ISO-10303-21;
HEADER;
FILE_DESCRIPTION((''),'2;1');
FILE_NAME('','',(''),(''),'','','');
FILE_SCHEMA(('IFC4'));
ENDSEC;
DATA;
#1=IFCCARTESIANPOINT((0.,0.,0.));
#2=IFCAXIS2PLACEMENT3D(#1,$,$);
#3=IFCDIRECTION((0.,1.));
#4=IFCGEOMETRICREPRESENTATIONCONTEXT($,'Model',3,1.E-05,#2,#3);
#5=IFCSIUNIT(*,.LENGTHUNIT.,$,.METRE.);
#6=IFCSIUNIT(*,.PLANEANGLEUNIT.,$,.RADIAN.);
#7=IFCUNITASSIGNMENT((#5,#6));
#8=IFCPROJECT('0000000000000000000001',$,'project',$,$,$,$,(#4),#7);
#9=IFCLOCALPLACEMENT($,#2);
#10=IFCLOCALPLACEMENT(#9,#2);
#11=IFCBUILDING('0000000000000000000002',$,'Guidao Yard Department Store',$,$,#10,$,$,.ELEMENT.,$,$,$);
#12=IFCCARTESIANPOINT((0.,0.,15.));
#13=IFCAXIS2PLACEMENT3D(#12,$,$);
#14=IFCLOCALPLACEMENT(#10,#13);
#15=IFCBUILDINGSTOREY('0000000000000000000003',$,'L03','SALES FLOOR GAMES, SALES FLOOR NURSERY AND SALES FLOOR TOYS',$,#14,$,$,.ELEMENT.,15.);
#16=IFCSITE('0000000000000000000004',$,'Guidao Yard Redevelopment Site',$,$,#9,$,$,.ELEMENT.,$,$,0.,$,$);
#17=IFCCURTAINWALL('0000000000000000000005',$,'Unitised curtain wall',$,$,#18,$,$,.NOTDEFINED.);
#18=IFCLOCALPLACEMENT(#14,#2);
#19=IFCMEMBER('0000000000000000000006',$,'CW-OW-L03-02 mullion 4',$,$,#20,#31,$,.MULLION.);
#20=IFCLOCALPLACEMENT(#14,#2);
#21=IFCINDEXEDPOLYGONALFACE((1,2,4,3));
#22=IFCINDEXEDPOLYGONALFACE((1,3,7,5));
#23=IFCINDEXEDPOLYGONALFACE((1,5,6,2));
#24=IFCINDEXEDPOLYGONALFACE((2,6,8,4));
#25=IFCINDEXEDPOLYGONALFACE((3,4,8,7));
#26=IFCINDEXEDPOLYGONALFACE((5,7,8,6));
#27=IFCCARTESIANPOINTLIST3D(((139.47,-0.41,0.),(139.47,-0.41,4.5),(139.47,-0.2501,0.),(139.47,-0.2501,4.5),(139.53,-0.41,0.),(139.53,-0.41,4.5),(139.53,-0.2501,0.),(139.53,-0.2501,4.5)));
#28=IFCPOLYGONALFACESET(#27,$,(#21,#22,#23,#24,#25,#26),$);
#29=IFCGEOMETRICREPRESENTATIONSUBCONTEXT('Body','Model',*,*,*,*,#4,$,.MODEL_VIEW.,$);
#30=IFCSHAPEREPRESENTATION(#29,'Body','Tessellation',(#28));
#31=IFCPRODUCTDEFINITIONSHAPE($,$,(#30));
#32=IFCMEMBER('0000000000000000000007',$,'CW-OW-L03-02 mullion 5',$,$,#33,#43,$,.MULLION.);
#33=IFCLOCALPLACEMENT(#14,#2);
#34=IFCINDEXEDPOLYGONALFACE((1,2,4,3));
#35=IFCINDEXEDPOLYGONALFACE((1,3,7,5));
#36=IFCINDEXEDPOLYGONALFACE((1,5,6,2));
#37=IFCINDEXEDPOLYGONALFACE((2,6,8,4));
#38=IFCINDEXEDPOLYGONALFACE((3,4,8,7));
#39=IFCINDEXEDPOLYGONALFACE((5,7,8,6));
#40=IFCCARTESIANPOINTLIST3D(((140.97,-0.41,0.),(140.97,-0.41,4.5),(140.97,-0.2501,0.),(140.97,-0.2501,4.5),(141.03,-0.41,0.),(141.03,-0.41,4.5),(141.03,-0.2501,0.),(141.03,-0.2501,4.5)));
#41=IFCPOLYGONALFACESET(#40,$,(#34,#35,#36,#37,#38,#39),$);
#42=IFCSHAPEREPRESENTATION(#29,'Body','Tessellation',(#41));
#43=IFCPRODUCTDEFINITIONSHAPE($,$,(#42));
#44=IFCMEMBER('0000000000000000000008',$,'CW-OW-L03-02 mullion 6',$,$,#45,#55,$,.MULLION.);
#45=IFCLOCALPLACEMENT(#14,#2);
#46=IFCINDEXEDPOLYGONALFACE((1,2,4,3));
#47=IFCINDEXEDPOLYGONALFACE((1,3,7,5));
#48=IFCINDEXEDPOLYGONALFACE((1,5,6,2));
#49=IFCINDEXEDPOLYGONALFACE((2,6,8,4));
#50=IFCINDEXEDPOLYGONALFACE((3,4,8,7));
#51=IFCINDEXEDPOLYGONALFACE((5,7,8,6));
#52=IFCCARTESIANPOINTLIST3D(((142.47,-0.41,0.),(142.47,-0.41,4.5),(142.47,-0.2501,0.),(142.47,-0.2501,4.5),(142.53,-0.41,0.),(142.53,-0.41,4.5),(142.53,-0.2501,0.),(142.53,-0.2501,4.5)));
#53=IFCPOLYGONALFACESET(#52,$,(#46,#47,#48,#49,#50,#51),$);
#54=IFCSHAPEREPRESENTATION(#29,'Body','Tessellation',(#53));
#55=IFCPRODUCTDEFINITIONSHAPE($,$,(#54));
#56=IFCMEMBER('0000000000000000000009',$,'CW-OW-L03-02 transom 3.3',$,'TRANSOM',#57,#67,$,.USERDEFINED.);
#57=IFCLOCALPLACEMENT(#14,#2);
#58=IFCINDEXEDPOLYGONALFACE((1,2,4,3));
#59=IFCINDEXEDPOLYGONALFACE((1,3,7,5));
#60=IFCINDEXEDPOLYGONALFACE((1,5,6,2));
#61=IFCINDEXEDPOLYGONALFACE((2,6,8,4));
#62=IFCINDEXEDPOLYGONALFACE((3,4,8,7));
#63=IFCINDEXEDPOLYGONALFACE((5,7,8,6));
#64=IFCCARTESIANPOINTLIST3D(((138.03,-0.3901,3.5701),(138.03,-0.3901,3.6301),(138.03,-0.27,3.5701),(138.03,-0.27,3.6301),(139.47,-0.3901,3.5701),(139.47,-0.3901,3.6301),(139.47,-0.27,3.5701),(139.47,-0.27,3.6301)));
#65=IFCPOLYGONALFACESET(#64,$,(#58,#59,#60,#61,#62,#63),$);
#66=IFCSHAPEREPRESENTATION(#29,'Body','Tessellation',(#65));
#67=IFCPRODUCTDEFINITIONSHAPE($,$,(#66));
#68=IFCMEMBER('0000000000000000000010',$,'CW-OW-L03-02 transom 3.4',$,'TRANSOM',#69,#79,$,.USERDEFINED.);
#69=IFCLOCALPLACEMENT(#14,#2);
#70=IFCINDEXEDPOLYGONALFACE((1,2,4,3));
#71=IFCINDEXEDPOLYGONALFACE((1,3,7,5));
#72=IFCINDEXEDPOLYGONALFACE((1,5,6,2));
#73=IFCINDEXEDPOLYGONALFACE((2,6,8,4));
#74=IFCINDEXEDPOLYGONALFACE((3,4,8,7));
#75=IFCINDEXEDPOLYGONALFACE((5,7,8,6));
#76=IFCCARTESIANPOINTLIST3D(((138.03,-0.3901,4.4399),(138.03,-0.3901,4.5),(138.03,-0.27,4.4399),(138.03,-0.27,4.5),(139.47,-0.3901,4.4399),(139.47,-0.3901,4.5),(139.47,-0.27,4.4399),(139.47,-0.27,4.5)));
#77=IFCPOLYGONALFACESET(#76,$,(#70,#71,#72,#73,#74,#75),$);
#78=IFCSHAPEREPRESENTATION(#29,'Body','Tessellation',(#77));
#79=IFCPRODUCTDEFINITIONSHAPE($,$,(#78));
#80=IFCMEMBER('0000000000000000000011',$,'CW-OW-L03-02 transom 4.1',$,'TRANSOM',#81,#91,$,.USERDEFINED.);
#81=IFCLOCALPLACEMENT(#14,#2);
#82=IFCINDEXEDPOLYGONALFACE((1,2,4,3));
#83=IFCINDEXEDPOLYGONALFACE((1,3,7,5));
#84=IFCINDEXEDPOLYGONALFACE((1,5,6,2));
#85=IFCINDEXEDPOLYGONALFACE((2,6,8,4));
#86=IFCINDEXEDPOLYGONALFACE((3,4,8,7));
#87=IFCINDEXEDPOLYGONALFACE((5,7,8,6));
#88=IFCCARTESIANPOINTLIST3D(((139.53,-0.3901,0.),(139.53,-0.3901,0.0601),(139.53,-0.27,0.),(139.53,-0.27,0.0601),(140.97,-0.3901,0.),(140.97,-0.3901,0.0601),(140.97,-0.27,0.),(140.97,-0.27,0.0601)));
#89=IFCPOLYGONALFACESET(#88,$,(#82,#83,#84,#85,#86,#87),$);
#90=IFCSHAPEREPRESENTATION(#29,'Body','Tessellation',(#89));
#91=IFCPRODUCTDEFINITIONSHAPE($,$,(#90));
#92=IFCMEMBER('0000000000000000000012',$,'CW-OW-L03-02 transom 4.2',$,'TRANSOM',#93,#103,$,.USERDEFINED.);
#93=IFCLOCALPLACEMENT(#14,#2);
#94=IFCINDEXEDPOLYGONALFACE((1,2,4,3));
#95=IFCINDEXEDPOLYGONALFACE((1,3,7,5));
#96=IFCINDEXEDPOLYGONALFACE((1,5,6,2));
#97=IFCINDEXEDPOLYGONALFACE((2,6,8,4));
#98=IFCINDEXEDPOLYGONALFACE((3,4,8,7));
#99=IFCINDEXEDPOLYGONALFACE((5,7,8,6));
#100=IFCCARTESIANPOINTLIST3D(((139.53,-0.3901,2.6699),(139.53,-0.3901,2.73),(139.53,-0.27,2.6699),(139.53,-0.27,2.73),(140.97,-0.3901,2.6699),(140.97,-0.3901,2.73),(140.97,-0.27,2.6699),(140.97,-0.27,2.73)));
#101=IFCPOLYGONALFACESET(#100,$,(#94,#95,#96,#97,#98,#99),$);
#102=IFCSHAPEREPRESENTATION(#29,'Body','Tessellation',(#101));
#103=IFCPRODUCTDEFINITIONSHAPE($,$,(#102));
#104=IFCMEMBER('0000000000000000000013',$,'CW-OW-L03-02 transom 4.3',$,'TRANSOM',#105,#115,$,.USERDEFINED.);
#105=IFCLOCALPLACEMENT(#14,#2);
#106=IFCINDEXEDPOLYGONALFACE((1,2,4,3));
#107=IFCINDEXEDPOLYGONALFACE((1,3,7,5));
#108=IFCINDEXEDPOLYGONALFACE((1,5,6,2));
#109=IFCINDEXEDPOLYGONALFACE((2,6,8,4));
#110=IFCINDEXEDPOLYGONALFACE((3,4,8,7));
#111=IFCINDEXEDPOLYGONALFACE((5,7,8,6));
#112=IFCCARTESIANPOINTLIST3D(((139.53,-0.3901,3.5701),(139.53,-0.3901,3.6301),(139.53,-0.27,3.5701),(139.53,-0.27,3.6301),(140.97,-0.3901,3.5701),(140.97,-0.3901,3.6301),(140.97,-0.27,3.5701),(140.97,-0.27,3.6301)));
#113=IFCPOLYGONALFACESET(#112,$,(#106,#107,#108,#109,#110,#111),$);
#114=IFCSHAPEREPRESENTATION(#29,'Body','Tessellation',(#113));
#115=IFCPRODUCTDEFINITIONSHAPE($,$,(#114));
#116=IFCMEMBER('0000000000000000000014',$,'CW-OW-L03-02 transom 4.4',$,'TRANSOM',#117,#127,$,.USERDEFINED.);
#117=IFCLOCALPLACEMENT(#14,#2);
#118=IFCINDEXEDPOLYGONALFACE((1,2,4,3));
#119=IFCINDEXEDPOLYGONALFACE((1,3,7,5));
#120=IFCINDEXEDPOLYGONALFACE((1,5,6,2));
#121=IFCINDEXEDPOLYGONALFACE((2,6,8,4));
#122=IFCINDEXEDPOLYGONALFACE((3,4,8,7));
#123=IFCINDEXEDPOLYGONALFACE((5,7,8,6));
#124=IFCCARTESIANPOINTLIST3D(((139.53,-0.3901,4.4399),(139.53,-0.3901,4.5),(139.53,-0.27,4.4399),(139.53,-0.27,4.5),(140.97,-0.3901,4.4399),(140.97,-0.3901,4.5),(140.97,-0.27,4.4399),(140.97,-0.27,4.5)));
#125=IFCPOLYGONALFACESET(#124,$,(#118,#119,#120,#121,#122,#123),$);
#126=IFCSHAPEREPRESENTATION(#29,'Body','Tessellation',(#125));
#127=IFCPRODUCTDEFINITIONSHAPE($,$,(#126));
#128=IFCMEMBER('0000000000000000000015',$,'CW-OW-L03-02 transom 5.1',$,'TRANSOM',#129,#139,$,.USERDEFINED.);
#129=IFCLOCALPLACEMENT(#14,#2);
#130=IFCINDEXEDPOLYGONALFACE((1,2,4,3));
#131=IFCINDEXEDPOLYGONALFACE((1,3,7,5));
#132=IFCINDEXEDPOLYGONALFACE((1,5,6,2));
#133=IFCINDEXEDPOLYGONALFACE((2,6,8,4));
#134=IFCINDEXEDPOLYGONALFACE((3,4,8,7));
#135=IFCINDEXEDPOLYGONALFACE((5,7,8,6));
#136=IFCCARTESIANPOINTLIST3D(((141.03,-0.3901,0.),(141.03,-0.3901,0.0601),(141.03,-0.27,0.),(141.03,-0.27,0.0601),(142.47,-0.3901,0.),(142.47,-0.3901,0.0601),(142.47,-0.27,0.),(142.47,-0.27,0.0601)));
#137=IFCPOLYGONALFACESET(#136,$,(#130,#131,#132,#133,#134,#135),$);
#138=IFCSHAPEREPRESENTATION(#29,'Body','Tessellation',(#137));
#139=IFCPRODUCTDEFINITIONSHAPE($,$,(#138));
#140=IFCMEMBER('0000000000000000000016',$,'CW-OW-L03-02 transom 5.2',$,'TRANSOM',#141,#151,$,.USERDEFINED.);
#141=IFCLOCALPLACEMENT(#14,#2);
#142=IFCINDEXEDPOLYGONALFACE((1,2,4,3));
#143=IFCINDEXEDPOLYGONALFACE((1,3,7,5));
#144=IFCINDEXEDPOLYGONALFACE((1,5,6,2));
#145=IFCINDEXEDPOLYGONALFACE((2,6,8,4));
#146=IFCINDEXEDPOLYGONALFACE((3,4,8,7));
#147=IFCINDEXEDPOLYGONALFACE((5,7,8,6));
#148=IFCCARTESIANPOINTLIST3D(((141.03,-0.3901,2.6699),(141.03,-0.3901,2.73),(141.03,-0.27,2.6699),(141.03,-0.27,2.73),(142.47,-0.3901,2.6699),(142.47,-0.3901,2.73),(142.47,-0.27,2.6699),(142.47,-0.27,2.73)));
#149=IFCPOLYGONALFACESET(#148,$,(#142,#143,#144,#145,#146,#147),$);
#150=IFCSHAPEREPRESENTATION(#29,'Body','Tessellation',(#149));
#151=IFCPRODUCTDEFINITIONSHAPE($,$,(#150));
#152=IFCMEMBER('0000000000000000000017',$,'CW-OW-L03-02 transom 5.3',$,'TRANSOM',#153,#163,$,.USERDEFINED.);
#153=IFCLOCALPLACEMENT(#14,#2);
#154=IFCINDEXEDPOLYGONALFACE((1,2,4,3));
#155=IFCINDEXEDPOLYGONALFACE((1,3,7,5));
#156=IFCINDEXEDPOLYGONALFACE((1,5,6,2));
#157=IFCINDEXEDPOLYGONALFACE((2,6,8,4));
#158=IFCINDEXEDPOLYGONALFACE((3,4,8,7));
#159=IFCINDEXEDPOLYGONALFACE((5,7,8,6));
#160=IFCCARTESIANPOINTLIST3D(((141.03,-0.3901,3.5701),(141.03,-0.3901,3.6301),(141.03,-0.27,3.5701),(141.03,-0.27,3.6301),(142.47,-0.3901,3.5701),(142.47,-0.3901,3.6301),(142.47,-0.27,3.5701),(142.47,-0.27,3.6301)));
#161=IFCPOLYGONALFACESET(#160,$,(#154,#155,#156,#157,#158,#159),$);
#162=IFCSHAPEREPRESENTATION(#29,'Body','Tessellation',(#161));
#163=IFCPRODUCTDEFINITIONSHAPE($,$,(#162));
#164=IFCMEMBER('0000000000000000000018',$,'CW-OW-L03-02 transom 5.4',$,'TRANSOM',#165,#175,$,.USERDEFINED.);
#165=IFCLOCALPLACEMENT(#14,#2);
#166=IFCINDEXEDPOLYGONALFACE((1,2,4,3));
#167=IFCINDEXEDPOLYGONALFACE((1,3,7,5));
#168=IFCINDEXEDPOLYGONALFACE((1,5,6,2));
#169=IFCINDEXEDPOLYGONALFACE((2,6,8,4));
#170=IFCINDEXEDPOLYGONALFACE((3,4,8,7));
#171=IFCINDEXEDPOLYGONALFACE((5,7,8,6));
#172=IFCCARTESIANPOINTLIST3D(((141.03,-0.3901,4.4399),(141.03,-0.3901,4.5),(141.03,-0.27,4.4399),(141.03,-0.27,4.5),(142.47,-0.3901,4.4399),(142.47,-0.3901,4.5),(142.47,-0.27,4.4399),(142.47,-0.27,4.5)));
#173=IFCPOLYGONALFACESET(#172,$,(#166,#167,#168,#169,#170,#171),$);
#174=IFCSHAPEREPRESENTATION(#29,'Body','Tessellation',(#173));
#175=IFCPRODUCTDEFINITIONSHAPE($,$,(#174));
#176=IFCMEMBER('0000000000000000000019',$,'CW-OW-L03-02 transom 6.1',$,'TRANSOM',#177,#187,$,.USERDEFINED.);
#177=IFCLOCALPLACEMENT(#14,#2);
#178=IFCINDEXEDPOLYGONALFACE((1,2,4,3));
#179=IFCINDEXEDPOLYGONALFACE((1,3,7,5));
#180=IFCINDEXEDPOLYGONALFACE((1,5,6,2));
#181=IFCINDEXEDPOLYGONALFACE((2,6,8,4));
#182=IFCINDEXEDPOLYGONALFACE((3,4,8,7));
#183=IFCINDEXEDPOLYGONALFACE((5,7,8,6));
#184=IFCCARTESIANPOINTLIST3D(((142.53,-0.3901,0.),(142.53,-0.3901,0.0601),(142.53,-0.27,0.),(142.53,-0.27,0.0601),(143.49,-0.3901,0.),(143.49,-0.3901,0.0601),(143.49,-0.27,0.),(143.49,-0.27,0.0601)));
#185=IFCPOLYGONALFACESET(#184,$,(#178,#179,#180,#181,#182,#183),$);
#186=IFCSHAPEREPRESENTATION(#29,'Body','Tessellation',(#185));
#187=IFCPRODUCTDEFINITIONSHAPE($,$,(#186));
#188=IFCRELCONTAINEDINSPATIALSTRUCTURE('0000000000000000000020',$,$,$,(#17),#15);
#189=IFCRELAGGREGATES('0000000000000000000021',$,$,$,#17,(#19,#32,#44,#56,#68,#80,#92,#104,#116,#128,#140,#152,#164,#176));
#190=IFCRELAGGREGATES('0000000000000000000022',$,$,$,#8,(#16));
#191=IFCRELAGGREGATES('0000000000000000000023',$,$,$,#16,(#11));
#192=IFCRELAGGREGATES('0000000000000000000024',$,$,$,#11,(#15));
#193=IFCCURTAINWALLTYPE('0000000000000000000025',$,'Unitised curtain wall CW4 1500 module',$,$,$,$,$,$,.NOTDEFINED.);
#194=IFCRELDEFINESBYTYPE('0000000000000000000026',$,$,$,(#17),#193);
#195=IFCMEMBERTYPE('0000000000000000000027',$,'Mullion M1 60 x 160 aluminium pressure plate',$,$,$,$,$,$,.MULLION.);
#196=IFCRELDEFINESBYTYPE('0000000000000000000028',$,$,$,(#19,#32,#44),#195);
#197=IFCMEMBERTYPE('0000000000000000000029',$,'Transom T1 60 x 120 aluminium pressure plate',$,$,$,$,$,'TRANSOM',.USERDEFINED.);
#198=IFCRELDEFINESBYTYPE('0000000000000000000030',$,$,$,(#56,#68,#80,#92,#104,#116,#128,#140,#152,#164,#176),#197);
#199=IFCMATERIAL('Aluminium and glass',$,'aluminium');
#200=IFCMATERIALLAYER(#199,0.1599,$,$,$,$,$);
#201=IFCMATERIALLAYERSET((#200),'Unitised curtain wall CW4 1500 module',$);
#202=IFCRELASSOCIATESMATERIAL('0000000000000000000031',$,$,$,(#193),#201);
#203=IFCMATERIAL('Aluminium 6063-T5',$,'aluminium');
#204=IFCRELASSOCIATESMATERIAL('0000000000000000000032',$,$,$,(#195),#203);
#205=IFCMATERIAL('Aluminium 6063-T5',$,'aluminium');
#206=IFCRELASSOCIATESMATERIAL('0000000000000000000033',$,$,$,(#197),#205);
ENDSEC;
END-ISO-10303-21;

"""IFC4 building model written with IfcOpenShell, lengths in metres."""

from ifc_helpers import new_model, si_unit, direction, frame, origin, origin_2d, place, context, subcontext, project, spatial, rectangle, extrude, material, layer, layer_set, material_profile, profile_set, type_object, element, aggregate, save


model = new_model("IFC4")

# Units and contexts
model_context = context("Model", 3, precision=1e-05, world=origin(), true_north=direction((0.0, 1.0)))
body_context = subcontext(model_context, "Body", "Model", "MODEL_VIEW")
ifc_project = project(units=[si_unit("LENGTHUNIT", "METRE"), si_unit("PLANEANGLEUNIT", "RADIAN")], contexts=[model_context])

# Site, building, storey
site_placement = place(None, origin())
site = spatial("IfcSite", under=ifc_project, at=site_placement, Name="Guidao Yard Redevelopment Site", CompositionType="ELEMENT", RefElevation=0.0)
building_placement = place(site_placement, origin())
building = spatial("IfcBuilding", under=site, at=building_placement, Name="Guidao Yard Department Store", CompositionType="ELEMENT")
storey_placement = place(building_placement, frame((0.0, 0.0, 15.0)))
storey = spatial("IfcBuildingStorey", under=building, at=storey_placement, Name="L03", Description="SALES FLOOR GAMES, SALES FLOOR NURSERY AND SALES FLOOR TOYS", CompositionType="ELEMENT", Elevation=15.0)

# Curtain wall, members
ifc_material_1 = material(Name="Aluminium and glass", Category="aluminium")
ifc_layer_1 = layer(ifc_material_1, 0.1599)
ifc_layer_set_1 = layer_set([ifc_layer_1], Name="Unitised curtain wall CW4 1500 module")
curtain_wall_type = type_object("IfcCurtainWallType", Name="Unitised curtain wall CW4 1500 module", PredefinedType="NOTDEFINED", material=ifc_layer_set_1)
curtain_wall_placement = place(storey_placement, origin())
curtain_wall = element("IfcCurtainWall", 1, at=curtain_wall_placement, inside=storey, type_object=curtain_wall_type, Name="Unitised curtain wall", PredefinedType="NOTDEFINED")
ifc_material_2 = material(Name="Aluminium 6063-T5", Category="aluminium")
ifc_material_profile_1 = material_profile(ifc_material_2, rectangle(XDim=0.0601, YDim=0.1599, at=origin_2d()), Name="Mullion M1 60 x 160 aluminium pressure plate")
ifc_profile_set_1 = profile_set([ifc_material_profile_1], Name="Aluminium 6063-T5")
member_type_1 = type_object("IfcMemberType", Name="Mullion M1 60 x 160 aluminium pressure plate", PredefinedType="MULLION", material=ifc_profile_set_1)
member_1_placement = place(storey_placement, frame((139.5, -0.3301, 0.0), z_axis=(0.0, 0.0, 1.0), x_axis=(-1.0, 0.0, 0.0)))
member_1 = element("IfcMember", 2, at=member_1_placement, type_object=member_type_1, Name="CW-OW-L03-02 mullion 4", PredefinedType="MULLION", context=body_context, shape_type="SweptSolid", body=[
    extrude(rectangle(XDim=0.0601, YDim=0.1599, at=origin_2d()), origin(), (0.0, 0.0, 1.0), 4.5),
])
member_2_placement = place(storey_placement, frame((141.0, -0.3301, 0.0), z_axis=(0.0, 0.0, 1.0), x_axis=(-1.0, 0.0, 0.0)))
member_2 = element("IfcMember", 3, at=member_2_placement, type_object=member_type_1, Name="CW-OW-L03-02 mullion 5", PredefinedType="MULLION", context=body_context, shape_type="SweptSolid", body=[
    extrude(rectangle(XDim=0.0601, YDim=0.1599, at=origin_2d()), origin(), (0.0, 0.0, 1.0), 4.5),
])
member_3_placement = place(storey_placement, frame((142.5, -0.3301, 0.0), z_axis=(0.0, 0.0, 1.0), x_axis=(-1.0, 0.0, 0.0)))
member_3 = element("IfcMember", 4, at=member_3_placement, type_object=member_type_1, Name="CW-OW-L03-02 mullion 6", PredefinedType="MULLION", context=body_context, shape_type="SweptSolid", body=[
    extrude(rectangle(XDim=0.0601, YDim=0.1599, at=origin_2d()), origin(), (0.0, 0.0, 1.0), 4.5),
])
ifc_material_3 = material(Name="Aluminium 6063-T5", Category="aluminium")
ifc_material_profile_2 = material_profile(ifc_material_3, rectangle(XDim=0.1201, YDim=0.0601, at=origin_2d()), Name="Transom T1 60 x 120 aluminium pressure plate")
ifc_profile_set_2 = profile_set([ifc_material_profile_2], Name="Aluminium 6063-T5")
member_type_2 = type_object("IfcMemberType", Name="Transom T1 60 x 120 aluminium pressure plate", ElementType="TRANSOM", PredefinedType="USERDEFINED", material=ifc_profile_set_2)
member_4_placement = place(storey_placement, frame((139.47, -0.3301, 3.6001), z_axis=(-1.0, 0.0, 0.0), x_axis=(0.0, -1.0, 0.0)))
member_4 = element("IfcMember", 5, at=member_4_placement, type_object=member_type_2, Name="CW-OW-L03-02 transom 3.3", ObjectType="TRANSOM", PredefinedType="USERDEFINED", context=body_context, shape_type="SweptSolid", body=[
    extrude(rectangle(XDim=0.1201, YDim=0.0601, at=origin_2d()), origin(), (0.0, 0.0, 1.0), 1.4399),
])
member_5_placement = place(storey_placement, frame((139.47, -0.3301, 4.47), z_axis=(-1.0, 0.0, 0.0), x_axis=(0.0, -1.0, 0.0)))
member_5 = element("IfcMember", 6, at=member_5_placement, type_object=member_type_2, Name="CW-OW-L03-02 transom 3.4", ObjectType="TRANSOM", PredefinedType="USERDEFINED", context=body_context, shape_type="SweptSolid", body=[
    extrude(rectangle(XDim=0.1201, YDim=0.0601, at=origin_2d()), origin(), (0.0, 0.0, 1.0), 1.4399),
])
member_6_placement = place(storey_placement, frame((140.97, -0.3301, 0.03), z_axis=(-1.0, 0.0, 0.0), x_axis=(0.0, -1.0, 0.0)))
member_6 = element("IfcMember", 7, at=member_6_placement, type_object=member_type_2, Name="CW-OW-L03-02 transom 4.1", ObjectType="TRANSOM", PredefinedType="USERDEFINED", context=body_context, shape_type="SweptSolid", body=[
    extrude(rectangle(XDim=0.1201, YDim=0.0601, at=origin_2d()), origin(), (0.0, 0.0, 1.0), 1.4399),
])
member_7_placement = place(storey_placement, frame((140.97, -0.3301, 2.7), z_axis=(-1.0, 0.0, 0.0), x_axis=(0.0, -1.0, 0.0)))
member_7 = element("IfcMember", 8, at=member_7_placement, type_object=member_type_2, Name="CW-OW-L03-02 transom 4.2", ObjectType="TRANSOM", PredefinedType="USERDEFINED", context=body_context, shape_type="SweptSolid", body=[
    extrude(rectangle(XDim=0.1201, YDim=0.0601, at=origin_2d()), origin(), (0.0, 0.0, 1.0), 1.4399),
])
member_8_placement = place(storey_placement, frame((140.97, -0.3301, 3.6001), z_axis=(-1.0, 0.0, 0.0), x_axis=(0.0, -1.0, 0.0)))
member_8 = element("IfcMember", 9, at=member_8_placement, type_object=member_type_2, Name="CW-OW-L03-02 transom 4.3", ObjectType="TRANSOM", PredefinedType="USERDEFINED", context=body_context, shape_type="SweptSolid", body=[
    extrude(rectangle(XDim=0.1201, YDim=0.0601, at=origin_2d()), origin(), (0.0, 0.0, 1.0), 1.4399),
])
member_9_placement = place(storey_placement, frame((140.97, -0.3301, 4.47), z_axis=(-1.0, 0.0, 0.0), x_axis=(0.0, -1.0, 0.0)))
member_9 = element("IfcMember", 10, at=member_9_placement, type_object=member_type_2, Name="CW-OW-L03-02 transom 4.4", ObjectType="TRANSOM", PredefinedType="USERDEFINED", context=body_context, shape_type="SweptSolid", body=[
    extrude(rectangle(XDim=0.1201, YDim=0.0601, at=origin_2d()), origin(), (0.0, 0.0, 1.0), 1.4399),
])
member_10_placement = place(storey_placement, frame((142.47, -0.3301, 0.03), z_axis=(-1.0, 0.0, 0.0), x_axis=(0.0, -1.0, 0.0)))
member_10 = element("IfcMember", 11, at=member_10_placement, type_object=member_type_2, Name="CW-OW-L03-02 transom 5.1", ObjectType="TRANSOM", PredefinedType="USERDEFINED", context=body_context, shape_type="SweptSolid", body=[
    extrude(rectangle(XDim=0.1201, YDim=0.0601, at=origin_2d()), origin(), (0.0, 0.0, 1.0), 1.4399),
])
member_11_placement = place(storey_placement, frame((142.47, -0.3301, 2.7), z_axis=(-1.0, 0.0, 0.0), x_axis=(0.0, -1.0, 0.0)))
member_11 = element("IfcMember", 12, at=member_11_placement, type_object=member_type_2, Name="CW-OW-L03-02 transom 5.2", ObjectType="TRANSOM", PredefinedType="USERDEFINED", context=body_context, shape_type="SweptSolid", body=[
    extrude(rectangle(XDim=0.1201, YDim=0.0601, at=origin_2d()), origin(), (0.0, 0.0, 1.0), 1.4399),
])
member_12_placement = place(storey_placement, frame((142.47, -0.3301, 3.6001), z_axis=(-1.0, 0.0, 0.0), x_axis=(0.0, -1.0, 0.0)))
member_12 = element("IfcMember", 13, at=member_12_placement, type_object=member_type_2, Name="CW-OW-L03-02 transom 5.3", ObjectType="TRANSOM", PredefinedType="USERDEFINED", context=body_context, shape_type="SweptSolid", body=[
    extrude(rectangle(XDim=0.1201, YDim=0.0601, at=origin_2d()), origin(), (0.0, 0.0, 1.0), 1.4399),
])
member_13_placement = place(storey_placement, frame((142.47, -0.3301, 4.47), z_axis=(-1.0, 0.0, 0.0), x_axis=(0.0, -1.0, 0.0)))
member_13 = element("IfcMember", 14, at=member_13_placement, type_object=member_type_2, Name="CW-OW-L03-02 transom 5.4", ObjectType="TRANSOM", PredefinedType="USERDEFINED", context=body_context, shape_type="SweptSolid", body=[
    extrude(rectangle(XDim=0.1201, YDim=0.0601, at=origin_2d()), origin(), (0.0, 0.0, 1.0), 1.4399),
])
member_14_placement = place(storey_placement, frame((143.49, -0.3301, 0.03), z_axis=(-1.0, 0.0, 0.0), x_axis=(0.0, -1.0, 0.0)))
member_14 = element("IfcMember", 15, at=member_14_placement, type_object=member_type_2, Name="CW-OW-L03-02 transom 6.1", ObjectType="TRANSOM", PredefinedType="USERDEFINED", context=body_context, shape_type="SweptSolid", body=[
    extrude(rectangle(XDim=0.1201, YDim=0.0601, at=origin_2d()), origin(), (0.0, 0.0, 1.0), 0.96),
])
aggregate(curtain_wall, [member_1, member_2, member_3, member_4, member_5, member_6, member_7, member_8, member_9, member_10, member_11, member_12, member_13, member_14])

save(model, "model.ifc")
